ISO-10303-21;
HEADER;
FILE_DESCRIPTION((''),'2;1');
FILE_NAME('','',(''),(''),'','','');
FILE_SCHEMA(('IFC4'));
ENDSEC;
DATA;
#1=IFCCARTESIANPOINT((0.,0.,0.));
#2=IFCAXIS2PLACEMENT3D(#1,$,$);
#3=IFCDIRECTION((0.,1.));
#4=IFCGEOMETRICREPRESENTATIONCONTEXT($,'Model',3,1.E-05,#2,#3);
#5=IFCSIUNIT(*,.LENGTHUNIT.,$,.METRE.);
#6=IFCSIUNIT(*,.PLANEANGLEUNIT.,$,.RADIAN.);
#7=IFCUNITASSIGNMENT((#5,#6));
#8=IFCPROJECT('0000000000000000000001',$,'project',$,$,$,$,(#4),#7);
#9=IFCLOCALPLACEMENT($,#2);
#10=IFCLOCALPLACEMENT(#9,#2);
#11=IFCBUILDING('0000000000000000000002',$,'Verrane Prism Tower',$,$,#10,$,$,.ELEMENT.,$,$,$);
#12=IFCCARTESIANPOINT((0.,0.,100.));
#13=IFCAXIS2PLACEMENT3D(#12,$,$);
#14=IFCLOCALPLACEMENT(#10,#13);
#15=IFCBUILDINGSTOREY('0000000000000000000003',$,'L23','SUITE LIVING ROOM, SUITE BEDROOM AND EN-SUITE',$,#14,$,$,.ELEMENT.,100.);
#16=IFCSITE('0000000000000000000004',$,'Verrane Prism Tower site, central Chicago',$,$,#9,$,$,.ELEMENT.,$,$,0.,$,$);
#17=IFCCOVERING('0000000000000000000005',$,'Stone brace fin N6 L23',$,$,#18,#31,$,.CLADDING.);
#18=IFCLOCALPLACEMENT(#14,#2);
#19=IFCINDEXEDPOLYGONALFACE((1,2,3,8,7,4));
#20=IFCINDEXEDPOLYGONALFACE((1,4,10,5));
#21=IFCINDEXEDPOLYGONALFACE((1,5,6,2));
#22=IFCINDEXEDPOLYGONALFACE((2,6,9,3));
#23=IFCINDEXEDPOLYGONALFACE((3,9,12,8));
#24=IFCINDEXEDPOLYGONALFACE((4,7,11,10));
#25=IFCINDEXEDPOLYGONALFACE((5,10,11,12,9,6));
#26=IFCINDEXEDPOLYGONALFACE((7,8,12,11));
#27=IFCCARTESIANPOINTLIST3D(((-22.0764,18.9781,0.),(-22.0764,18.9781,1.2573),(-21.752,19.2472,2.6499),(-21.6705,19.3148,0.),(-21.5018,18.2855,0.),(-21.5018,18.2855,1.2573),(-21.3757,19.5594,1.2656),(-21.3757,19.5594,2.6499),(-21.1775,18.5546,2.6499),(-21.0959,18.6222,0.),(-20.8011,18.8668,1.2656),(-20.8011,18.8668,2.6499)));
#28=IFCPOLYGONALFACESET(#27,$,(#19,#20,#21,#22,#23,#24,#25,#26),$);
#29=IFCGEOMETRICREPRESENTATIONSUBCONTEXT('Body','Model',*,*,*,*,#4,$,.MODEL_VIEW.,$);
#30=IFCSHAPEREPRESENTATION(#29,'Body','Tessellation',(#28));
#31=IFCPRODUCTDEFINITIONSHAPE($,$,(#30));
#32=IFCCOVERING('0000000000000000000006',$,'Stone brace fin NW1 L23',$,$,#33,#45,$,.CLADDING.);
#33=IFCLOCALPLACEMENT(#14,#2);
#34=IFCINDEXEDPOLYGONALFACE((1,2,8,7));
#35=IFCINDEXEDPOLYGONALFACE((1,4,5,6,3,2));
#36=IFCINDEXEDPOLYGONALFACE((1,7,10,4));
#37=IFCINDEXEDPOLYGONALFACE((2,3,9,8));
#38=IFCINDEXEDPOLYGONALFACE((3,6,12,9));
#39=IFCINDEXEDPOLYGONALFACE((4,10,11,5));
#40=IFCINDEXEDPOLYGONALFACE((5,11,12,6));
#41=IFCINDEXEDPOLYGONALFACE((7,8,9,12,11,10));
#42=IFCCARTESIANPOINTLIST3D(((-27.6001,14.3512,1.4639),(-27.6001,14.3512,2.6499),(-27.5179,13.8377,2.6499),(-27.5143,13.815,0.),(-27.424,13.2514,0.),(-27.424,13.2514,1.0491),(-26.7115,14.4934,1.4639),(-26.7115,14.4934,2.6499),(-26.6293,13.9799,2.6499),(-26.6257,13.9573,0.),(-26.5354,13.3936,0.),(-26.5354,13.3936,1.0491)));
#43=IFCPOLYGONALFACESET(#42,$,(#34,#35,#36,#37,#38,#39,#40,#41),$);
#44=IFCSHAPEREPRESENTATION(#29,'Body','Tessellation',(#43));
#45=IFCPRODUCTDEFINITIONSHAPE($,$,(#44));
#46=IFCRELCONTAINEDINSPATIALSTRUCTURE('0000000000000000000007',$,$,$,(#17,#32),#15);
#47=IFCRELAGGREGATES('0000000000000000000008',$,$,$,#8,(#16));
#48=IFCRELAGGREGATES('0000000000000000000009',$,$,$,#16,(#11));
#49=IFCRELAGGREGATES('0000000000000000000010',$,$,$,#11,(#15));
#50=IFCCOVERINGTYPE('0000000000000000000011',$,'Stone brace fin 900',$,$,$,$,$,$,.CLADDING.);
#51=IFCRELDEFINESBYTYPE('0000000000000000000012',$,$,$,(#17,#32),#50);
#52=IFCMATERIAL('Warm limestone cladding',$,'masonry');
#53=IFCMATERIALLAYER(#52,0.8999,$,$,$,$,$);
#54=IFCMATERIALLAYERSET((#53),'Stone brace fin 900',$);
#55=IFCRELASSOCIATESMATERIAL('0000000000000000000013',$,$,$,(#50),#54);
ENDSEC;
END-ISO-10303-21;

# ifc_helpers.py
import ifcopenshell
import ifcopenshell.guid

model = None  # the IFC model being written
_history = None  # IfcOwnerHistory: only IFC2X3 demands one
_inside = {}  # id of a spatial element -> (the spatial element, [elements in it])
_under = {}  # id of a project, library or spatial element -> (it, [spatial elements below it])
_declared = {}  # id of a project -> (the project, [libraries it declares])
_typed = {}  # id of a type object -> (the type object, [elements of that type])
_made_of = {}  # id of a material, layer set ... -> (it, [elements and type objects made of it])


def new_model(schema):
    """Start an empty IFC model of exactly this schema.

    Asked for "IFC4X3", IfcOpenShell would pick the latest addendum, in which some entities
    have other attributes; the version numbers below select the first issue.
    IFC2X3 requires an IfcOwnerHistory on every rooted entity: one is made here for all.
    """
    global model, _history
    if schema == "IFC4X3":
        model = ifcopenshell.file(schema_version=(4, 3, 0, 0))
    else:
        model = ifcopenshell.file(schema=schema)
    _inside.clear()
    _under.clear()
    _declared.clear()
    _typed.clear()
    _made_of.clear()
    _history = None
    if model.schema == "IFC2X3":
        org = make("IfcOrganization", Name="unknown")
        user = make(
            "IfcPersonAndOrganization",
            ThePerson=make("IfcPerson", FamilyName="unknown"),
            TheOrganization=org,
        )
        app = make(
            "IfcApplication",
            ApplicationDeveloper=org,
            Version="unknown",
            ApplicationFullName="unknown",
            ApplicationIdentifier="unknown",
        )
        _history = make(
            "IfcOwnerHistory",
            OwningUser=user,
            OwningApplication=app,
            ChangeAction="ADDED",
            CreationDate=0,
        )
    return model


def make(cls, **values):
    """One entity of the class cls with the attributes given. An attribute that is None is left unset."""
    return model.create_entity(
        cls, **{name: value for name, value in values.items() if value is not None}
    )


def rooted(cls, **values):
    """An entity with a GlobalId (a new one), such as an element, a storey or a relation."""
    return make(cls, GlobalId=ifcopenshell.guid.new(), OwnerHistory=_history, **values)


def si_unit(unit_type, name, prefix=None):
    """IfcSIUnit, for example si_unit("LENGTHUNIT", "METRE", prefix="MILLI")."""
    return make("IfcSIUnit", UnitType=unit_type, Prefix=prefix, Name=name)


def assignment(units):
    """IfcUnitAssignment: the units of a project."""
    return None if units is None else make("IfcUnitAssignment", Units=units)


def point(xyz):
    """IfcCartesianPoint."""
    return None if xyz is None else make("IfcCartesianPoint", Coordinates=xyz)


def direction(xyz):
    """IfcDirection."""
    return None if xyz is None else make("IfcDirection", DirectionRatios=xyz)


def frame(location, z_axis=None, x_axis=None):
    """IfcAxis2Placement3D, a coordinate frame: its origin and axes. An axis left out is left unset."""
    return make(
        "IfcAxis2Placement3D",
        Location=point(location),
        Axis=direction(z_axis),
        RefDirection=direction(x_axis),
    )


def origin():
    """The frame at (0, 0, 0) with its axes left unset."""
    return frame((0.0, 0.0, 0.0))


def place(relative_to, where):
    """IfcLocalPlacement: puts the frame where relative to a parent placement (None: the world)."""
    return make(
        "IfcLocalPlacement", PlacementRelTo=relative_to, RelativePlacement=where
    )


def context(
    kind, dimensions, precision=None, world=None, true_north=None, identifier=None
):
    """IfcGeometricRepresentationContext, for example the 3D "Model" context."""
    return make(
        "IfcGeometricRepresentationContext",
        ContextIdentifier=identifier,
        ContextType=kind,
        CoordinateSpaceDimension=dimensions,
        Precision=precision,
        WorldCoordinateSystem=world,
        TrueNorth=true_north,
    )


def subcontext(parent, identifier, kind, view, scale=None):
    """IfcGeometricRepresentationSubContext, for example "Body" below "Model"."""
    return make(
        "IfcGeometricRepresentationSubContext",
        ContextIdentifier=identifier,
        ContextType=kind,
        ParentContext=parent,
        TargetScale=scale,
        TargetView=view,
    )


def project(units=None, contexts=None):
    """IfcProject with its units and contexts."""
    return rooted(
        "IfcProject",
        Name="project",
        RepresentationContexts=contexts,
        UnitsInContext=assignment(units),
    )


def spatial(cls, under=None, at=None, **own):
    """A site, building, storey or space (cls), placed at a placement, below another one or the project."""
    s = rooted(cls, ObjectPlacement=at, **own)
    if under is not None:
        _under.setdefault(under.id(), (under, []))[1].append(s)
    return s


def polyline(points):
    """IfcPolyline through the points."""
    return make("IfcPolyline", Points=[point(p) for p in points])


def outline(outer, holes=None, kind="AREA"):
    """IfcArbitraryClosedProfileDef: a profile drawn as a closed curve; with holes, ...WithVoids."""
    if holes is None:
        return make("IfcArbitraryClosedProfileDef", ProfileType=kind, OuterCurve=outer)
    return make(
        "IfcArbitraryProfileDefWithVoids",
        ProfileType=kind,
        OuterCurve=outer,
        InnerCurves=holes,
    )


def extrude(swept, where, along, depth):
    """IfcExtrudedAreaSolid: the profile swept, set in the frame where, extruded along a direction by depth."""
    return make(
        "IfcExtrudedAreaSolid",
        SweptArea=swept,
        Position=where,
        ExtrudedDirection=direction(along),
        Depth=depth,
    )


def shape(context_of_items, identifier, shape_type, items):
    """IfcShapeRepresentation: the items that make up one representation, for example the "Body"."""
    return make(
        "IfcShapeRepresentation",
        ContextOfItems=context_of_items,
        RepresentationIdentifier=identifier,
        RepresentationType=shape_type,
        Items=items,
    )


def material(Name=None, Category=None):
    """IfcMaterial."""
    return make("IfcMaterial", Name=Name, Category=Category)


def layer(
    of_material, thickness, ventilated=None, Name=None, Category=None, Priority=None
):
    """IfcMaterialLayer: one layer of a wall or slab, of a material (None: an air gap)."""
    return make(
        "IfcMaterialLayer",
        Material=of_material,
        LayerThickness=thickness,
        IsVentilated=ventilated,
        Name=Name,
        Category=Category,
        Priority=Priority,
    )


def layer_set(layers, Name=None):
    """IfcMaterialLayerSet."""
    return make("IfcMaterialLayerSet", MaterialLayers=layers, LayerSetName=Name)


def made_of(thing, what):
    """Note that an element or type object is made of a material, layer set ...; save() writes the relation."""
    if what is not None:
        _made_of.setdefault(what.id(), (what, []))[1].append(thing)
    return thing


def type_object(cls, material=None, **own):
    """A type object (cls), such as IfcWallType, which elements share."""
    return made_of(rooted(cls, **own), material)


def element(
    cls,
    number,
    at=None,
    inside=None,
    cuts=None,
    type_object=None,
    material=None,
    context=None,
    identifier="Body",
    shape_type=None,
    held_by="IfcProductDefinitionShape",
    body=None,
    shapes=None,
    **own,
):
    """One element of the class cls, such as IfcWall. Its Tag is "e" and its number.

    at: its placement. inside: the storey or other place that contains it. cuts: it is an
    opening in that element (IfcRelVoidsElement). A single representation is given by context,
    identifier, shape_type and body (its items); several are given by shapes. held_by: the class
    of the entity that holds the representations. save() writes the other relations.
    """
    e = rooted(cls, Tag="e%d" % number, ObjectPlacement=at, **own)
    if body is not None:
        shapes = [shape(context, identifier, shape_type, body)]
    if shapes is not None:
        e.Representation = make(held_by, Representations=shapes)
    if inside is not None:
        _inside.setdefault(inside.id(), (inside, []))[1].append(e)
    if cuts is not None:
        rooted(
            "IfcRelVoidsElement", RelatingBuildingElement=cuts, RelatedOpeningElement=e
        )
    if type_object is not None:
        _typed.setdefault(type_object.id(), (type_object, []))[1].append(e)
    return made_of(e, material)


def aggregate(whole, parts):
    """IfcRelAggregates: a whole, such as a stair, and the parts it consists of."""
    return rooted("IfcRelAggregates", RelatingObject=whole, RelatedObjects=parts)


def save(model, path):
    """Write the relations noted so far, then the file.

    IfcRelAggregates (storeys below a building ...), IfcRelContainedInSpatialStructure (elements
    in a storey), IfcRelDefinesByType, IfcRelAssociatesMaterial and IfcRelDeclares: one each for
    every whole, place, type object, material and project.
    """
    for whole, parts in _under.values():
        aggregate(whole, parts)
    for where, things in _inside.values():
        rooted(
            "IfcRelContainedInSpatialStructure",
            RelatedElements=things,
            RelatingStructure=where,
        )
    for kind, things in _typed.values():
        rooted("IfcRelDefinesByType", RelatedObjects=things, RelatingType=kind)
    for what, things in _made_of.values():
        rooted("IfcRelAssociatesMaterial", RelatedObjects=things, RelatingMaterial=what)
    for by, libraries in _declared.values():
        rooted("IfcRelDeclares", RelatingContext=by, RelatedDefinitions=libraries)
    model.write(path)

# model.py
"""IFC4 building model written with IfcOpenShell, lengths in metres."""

from ifc_helpers import new_model, si_unit, direction, frame, origin, place, context, subcontext, project, spatial, polyline, outline, extrude, material, layer, layer_set, type_object, element, save


model = new_model("IFC4")

# Units and contexts
model_context = context("Model", 3, precision=1e-05, world=origin(), true_north=direction((0.0, 1.0)))
body_context = subcontext(model_context, "Body", "Model", "MODEL_VIEW")
ifc_project = project(units=[si_unit("LENGTHUNIT", "METRE"), si_unit("PLANEANGLEUNIT", "RADIAN")], contexts=[model_context])

# Site, building, storey
site_placement = place(None, origin())
site = spatial("IfcSite", under=ifc_project, at=site_placement, Name="Verrane Prism Tower site, central Chicago", CompositionType="ELEMENT", RefElevation=0.0)
building_placement = place(site_placement, origin())
building = spatial("IfcBuilding", under=site, at=building_placement, Name="Verrane Prism Tower", CompositionType="ELEMENT")
storey_placement = place(building_placement, frame((0.0, 0.0, 100.0)))
storey = spatial("IfcBuildingStorey", under=building, at=storey_placement, Name="L23", Description="SUITE LIVING ROOM, SUITE BEDROOM AND EN-SUITE", CompositionType="ELEMENT", Elevation=100.0)

# Coverings
ifc_material_1 = material(Name="Warm limestone cladding", Category="masonry")
ifc_layer_1 = layer(ifc_material_1, 0.8999)
ifc_layer_set_1 = layer_set([ifc_layer_1], Name="Stone brace fin 900")
covering_type = type_object("IfcCoveringType", Name="Stone brace fin 900", PredefinedType="CLADDING", material=ifc_layer_set_1)
covering_1_placement = place(storey_placement, frame((-21.7891, 18.6318, 0.0), z_axis=(0.0, 0.0, 1.0), x_axis=(0.769626, 0.638495, 0.0)))
element("IfcCovering", 1, at=covering_1_placement, inside=storey, type_object=covering_type, Name="Stone brace fin N6 L23", PredefinedType="CLADDING", context=body_context, shape_type="SweptSolid", body=[
    extrude(outline(polyline([(0.9104, 2.6499), (0.4214, 2.6499), (0.0, 1.2573), (0.0, 0.0), (0.5273, 0.0), (0.9104, 1.2656), (0.9104, 2.6499)])), frame((0.0, 0.45, 0.0), z_axis=(0.0, -1.0, 0.0), x_axis=(1.0, 0.0, 0.0)), (0.0, 0.0, 1.0), 0.8999),
])
covering_2_placement = place(storey_placement, frame((-26.9797, 13.3225, 0.0), z_axis=(0.0, 0.0, 1.0), x_axis=(-0.158067, 0.987428, 0.0)))
element("IfcCovering", 2, at=covering_2_placement, inside=storey, type_object=covering_type, Name="Stone brace fin NW1 L23", PredefinedType="CLADDING", context=body_context, shape_type="SweptSolid", body=[
    extrude(outline(polyline([(1.1138, 2.6499), (0.5938, 2.6499), (0.0, 1.0491), (0.0, 0.0), (0.5708, 0.0), (1.1138, 1.4639), (1.1138, 2.6499)])), frame((0.0, 0.45, 0.0), z_axis=(0.0, -1.0, 0.0), x_axis=(1.0, 0.0, 0.0)), (0.0, 0.0, 1.0), 0.8999),
])

save(model, "model.ifc")
